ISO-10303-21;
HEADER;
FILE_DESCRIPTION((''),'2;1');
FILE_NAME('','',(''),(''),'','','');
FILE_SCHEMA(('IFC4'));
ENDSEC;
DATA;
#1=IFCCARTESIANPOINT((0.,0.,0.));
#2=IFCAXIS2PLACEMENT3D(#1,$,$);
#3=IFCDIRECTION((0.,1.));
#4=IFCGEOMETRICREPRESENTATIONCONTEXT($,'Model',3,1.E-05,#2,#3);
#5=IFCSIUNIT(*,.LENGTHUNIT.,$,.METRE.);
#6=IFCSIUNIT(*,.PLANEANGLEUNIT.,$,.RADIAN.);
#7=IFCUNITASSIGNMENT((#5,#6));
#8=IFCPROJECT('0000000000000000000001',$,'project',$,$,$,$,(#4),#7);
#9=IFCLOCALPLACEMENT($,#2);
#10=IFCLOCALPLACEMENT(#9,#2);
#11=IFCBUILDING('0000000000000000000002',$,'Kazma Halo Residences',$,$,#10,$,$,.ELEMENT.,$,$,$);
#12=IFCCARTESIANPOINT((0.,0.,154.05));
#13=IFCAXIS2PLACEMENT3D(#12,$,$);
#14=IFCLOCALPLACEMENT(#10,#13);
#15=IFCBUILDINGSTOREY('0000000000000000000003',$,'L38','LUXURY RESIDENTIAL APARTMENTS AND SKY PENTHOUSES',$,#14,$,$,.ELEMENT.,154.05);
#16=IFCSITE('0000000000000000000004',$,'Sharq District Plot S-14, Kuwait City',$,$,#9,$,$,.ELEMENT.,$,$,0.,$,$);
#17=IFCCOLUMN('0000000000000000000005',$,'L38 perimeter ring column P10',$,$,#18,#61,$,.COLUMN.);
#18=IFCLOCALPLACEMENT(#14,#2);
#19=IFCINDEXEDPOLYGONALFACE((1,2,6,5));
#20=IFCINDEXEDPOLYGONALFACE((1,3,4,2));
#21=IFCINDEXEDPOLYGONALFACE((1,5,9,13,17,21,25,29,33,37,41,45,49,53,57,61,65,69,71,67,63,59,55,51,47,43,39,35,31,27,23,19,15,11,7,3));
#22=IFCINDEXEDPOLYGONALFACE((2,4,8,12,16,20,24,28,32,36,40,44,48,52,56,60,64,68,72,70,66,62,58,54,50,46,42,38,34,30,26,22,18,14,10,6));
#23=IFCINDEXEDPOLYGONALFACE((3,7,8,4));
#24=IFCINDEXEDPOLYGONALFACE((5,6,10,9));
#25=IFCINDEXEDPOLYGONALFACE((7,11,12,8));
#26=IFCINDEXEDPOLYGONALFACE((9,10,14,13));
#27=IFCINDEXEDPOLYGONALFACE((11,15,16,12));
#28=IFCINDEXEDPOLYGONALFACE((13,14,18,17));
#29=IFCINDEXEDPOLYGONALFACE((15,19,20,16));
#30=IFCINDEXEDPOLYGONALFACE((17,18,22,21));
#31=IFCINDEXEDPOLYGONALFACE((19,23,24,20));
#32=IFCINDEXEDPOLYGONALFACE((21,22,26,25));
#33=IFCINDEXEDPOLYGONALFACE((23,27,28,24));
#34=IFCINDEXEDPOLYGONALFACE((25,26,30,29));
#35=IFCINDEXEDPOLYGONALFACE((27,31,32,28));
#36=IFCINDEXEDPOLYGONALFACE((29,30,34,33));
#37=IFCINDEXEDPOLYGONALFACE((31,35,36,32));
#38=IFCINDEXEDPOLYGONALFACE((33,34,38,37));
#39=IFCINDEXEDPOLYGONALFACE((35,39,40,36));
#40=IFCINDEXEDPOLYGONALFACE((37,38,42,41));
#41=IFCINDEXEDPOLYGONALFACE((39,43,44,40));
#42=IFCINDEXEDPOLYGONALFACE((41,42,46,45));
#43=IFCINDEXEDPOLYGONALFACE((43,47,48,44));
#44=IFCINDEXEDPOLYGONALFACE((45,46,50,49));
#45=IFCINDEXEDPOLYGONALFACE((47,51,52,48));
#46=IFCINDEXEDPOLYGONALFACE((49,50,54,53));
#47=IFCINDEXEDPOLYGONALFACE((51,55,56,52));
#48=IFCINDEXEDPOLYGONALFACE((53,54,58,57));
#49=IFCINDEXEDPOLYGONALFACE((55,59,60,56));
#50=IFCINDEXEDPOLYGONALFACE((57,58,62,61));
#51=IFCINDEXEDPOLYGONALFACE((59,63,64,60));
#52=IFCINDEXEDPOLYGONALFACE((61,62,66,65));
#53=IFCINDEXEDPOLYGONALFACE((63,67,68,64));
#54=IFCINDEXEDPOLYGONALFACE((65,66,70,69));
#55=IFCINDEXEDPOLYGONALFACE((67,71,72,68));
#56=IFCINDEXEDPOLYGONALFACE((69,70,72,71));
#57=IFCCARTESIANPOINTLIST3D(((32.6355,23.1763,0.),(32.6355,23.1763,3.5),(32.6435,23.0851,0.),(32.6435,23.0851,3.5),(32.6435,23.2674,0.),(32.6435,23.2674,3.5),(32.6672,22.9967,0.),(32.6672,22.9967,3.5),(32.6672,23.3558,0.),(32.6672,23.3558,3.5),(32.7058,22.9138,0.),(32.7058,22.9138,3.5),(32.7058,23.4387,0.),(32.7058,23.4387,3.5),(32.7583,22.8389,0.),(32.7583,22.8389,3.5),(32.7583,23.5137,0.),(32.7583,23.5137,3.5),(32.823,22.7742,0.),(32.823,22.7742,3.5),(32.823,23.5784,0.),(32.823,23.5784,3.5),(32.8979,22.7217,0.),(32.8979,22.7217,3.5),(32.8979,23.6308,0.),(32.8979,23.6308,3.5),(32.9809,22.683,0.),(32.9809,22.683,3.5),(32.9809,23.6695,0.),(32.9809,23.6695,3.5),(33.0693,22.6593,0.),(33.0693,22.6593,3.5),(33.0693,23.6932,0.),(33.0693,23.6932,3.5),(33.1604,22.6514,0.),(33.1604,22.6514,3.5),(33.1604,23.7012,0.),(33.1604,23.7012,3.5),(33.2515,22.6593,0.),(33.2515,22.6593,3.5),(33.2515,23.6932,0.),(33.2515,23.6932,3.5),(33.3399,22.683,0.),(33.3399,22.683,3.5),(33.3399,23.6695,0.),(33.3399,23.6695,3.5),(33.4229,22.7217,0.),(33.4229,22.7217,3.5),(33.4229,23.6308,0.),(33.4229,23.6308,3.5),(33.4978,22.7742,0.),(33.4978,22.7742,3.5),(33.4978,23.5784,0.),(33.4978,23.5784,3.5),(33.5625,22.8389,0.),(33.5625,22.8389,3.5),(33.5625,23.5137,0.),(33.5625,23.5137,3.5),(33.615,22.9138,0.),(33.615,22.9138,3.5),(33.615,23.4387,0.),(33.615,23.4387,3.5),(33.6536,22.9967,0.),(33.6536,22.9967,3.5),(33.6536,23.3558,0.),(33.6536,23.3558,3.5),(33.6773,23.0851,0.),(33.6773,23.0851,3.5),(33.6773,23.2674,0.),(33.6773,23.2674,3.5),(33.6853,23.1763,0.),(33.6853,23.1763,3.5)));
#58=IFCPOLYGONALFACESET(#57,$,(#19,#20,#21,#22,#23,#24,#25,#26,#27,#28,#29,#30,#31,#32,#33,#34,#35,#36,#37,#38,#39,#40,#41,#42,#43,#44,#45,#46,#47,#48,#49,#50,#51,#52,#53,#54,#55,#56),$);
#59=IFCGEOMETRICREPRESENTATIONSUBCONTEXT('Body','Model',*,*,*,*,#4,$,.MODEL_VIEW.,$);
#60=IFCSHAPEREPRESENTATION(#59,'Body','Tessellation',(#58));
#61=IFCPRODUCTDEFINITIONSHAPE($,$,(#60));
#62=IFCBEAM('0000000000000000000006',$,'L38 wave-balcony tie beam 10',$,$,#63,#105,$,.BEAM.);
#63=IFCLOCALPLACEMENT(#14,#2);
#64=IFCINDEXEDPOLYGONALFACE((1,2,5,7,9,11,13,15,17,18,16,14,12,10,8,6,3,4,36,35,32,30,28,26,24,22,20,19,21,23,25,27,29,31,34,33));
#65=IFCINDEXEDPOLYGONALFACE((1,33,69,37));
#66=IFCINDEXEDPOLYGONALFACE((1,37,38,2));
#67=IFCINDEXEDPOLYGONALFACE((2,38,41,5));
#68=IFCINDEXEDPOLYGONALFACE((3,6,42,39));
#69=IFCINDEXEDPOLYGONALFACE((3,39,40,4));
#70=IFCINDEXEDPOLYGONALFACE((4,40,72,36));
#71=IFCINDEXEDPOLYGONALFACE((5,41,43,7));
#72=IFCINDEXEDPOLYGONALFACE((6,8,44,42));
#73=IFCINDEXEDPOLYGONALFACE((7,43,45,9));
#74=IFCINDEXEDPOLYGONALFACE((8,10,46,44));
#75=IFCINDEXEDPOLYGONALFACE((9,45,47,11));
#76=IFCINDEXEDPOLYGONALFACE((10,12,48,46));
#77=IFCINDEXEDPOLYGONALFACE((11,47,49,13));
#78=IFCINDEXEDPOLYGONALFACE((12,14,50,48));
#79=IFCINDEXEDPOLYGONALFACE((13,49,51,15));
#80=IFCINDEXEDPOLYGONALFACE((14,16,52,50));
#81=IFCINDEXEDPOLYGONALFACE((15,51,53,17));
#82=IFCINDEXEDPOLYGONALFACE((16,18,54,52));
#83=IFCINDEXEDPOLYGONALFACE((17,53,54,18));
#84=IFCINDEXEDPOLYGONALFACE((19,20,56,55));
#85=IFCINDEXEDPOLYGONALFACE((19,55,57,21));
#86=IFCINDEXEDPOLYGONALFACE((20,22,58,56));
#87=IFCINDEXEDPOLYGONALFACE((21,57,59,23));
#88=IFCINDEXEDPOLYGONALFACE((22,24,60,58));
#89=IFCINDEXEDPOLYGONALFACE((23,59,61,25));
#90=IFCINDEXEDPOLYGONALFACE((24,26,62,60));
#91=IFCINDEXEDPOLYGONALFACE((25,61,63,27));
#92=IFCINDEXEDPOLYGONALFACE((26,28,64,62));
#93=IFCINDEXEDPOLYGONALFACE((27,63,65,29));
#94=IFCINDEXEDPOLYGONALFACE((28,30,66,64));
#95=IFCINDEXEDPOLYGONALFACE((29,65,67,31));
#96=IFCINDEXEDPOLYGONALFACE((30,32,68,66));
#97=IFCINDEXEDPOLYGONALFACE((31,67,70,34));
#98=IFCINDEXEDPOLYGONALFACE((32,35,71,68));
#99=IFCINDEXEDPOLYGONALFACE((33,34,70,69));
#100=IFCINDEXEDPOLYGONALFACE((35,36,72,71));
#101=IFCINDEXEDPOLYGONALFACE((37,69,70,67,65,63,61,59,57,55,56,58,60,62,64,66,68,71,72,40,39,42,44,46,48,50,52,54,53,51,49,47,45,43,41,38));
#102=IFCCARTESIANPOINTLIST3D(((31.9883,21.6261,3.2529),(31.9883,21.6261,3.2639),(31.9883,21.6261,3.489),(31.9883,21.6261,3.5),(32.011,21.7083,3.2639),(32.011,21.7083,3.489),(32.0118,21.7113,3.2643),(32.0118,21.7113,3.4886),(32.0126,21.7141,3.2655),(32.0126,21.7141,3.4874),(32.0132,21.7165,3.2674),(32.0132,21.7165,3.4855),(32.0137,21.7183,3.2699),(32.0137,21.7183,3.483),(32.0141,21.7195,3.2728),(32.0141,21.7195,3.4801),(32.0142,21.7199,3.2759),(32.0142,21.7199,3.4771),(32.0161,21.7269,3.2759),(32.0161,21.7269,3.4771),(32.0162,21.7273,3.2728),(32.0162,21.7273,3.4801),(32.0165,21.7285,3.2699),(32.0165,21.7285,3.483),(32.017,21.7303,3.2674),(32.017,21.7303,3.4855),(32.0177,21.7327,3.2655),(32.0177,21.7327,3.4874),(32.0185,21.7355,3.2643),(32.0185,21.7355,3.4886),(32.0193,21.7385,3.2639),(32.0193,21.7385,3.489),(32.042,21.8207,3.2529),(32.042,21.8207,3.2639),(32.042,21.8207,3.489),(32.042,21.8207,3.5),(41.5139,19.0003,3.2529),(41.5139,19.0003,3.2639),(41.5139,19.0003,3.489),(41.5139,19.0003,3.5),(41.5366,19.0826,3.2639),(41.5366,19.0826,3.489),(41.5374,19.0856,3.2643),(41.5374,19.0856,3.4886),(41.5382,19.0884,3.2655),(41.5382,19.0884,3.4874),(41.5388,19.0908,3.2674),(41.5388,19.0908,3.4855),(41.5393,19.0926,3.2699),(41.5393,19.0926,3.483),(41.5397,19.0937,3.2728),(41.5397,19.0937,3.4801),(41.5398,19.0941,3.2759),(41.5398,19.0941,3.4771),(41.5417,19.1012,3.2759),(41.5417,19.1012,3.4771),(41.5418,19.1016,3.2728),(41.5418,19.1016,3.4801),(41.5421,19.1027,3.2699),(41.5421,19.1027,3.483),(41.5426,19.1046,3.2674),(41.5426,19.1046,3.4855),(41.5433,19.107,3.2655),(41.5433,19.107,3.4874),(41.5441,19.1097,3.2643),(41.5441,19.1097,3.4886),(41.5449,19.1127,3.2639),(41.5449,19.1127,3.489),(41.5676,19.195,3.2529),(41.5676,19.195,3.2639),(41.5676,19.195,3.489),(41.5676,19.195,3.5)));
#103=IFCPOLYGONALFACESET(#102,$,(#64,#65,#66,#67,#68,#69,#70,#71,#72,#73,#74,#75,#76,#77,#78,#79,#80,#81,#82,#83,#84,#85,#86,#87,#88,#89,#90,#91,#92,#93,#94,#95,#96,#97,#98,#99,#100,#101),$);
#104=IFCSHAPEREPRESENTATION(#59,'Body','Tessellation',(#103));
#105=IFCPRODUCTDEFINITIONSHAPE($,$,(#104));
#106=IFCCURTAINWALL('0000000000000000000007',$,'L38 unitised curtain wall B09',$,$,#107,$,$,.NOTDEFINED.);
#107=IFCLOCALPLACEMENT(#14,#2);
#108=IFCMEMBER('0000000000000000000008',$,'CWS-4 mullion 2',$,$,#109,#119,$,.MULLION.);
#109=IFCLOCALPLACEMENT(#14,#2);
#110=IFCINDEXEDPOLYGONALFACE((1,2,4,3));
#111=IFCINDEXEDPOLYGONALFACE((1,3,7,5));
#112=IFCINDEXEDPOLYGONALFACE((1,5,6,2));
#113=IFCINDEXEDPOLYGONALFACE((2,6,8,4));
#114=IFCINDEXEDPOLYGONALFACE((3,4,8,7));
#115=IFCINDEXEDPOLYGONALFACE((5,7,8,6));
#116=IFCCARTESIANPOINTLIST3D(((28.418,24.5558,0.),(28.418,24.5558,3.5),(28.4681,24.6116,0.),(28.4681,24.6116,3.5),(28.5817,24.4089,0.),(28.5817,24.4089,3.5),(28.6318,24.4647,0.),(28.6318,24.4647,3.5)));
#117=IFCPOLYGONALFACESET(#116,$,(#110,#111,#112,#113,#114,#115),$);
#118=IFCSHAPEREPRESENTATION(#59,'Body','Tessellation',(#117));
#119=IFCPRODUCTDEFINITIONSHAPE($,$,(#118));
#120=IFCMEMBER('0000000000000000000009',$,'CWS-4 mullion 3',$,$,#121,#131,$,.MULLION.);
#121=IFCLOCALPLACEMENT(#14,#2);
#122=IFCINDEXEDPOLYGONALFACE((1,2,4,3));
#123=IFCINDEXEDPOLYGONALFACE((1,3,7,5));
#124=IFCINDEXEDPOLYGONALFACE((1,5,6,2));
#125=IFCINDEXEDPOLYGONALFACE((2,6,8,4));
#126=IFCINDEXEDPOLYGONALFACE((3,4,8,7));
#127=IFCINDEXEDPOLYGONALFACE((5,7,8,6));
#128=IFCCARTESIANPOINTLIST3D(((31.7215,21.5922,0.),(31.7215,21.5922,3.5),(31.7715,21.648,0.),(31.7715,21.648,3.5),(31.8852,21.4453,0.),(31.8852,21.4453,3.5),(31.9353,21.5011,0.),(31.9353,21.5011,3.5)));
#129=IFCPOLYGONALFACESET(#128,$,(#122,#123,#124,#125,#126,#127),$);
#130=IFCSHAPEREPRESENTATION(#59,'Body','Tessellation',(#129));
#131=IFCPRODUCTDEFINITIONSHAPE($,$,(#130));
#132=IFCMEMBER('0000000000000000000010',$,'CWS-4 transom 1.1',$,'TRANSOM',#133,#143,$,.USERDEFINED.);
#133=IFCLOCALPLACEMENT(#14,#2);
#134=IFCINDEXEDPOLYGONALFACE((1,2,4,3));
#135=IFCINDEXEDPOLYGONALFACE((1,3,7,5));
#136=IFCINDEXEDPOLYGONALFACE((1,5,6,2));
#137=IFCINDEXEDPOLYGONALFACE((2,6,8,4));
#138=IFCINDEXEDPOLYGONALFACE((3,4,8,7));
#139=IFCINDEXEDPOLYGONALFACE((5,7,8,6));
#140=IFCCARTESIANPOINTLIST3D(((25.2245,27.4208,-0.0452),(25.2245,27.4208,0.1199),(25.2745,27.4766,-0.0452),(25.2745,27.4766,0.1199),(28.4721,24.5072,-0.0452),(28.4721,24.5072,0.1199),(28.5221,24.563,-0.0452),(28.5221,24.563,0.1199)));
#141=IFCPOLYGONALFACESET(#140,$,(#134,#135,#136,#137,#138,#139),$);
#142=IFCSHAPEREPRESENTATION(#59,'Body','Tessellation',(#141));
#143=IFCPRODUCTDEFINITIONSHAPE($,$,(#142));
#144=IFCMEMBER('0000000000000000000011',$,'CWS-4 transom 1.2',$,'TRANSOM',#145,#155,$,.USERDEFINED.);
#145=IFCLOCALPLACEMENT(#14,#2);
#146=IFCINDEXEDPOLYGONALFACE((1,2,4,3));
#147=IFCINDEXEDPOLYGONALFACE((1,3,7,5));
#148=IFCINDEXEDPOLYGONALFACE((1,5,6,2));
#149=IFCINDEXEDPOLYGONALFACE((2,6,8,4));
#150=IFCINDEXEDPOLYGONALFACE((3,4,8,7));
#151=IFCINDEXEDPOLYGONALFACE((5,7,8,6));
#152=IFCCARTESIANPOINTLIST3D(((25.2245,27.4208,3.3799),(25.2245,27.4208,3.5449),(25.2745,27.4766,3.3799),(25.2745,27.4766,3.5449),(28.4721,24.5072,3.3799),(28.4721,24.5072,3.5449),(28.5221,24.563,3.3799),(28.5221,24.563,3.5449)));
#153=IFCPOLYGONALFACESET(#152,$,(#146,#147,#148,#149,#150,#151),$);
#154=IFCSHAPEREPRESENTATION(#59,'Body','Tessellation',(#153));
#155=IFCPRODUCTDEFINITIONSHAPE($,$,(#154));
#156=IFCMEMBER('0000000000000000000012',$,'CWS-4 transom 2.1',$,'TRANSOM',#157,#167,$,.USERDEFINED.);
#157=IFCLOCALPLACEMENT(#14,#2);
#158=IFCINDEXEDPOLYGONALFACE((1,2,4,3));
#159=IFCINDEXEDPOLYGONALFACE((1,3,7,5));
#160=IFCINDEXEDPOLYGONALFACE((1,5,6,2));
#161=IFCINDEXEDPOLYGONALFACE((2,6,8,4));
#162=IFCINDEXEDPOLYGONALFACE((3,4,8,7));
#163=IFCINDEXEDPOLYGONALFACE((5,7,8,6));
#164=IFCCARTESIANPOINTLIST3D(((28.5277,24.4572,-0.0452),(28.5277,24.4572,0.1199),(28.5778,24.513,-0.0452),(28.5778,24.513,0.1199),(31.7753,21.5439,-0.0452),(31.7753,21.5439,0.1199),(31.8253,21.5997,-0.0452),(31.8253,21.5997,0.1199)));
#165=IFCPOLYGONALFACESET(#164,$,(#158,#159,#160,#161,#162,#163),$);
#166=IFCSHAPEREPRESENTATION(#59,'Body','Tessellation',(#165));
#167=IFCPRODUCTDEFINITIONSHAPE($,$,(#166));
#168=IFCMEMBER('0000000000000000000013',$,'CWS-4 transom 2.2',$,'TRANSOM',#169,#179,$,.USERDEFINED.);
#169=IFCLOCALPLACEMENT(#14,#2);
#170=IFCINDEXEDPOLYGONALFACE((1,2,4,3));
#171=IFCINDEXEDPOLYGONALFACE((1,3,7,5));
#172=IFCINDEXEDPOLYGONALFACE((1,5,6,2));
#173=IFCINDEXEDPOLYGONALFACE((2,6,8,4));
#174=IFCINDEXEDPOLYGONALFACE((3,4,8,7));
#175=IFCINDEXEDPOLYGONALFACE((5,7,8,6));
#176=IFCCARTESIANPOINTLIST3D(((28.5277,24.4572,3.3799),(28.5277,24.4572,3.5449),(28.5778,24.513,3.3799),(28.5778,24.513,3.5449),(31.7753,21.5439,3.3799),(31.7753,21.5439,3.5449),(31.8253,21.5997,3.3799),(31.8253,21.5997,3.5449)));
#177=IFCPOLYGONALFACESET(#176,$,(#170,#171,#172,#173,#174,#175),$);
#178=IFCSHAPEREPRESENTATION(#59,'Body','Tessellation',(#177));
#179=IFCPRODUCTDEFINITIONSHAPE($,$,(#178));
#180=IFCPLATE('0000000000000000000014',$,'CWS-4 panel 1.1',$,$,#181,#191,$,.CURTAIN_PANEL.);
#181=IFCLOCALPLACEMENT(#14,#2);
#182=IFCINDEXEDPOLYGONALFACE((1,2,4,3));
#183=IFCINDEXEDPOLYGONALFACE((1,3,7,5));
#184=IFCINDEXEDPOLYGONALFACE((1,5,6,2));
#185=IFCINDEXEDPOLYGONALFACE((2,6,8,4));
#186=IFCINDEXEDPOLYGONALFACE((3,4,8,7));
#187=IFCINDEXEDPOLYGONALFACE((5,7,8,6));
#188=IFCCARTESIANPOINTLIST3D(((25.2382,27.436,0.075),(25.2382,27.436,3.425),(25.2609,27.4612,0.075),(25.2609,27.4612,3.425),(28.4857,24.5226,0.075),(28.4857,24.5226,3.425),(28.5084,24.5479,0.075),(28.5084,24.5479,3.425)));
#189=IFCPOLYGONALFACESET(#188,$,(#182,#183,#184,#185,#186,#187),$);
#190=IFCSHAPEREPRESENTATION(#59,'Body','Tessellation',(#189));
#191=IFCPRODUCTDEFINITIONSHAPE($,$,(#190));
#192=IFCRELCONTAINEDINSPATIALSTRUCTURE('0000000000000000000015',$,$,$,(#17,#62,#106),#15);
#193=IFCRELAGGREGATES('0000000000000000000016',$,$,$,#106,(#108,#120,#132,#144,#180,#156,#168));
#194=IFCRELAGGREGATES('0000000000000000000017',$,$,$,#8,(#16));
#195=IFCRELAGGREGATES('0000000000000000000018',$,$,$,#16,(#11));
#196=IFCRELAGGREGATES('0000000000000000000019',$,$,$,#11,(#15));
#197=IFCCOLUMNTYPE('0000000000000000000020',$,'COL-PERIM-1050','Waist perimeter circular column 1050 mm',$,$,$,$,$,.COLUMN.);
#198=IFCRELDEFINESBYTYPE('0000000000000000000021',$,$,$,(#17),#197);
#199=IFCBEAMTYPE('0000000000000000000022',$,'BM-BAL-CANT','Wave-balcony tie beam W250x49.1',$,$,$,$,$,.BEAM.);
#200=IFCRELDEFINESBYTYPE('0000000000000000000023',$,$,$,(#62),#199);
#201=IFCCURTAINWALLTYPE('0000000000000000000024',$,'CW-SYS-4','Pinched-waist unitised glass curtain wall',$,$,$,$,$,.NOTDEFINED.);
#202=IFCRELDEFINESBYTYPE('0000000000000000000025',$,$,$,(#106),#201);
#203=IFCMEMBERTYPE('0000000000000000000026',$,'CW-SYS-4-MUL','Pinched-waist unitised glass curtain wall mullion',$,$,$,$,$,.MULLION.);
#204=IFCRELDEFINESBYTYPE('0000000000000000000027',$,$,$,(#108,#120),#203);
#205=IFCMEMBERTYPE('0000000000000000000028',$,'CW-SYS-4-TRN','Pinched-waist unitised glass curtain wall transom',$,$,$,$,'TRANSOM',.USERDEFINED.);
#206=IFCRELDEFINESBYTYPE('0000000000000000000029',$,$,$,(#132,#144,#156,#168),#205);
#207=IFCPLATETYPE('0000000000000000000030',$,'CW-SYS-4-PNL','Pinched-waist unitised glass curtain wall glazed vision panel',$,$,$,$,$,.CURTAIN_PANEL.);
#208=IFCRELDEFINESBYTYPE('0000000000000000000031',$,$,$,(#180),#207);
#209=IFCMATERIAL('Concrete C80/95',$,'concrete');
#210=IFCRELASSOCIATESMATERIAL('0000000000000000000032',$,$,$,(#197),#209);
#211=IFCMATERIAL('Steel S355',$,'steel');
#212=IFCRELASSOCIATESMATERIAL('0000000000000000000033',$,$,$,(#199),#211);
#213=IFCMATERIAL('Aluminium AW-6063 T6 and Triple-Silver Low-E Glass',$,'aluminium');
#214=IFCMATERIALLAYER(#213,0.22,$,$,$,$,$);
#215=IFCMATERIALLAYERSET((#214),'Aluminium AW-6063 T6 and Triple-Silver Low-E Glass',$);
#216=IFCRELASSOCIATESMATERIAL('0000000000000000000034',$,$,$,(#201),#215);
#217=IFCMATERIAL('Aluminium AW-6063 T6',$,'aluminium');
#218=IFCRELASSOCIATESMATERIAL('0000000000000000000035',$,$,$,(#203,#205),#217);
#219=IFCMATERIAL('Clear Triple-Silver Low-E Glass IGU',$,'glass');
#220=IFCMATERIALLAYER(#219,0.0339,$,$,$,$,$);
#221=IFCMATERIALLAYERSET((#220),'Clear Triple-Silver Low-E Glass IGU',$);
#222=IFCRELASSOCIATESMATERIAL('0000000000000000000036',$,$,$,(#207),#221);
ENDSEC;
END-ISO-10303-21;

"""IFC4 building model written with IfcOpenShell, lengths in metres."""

from ifc_helpers import new_model, si_unit, direction, frame, origin, origin_2d, place, context, subcontext, project, spatial, rectangle, circle, i_section, extrude, material, layer, layer_set, material_profile, profile_set, type_object, element, aggregate, save


model = new_model("IFC4")

# Units and contexts
model_context = context("Model", 3, precision=1e-05, world=origin(), true_north=direction((0.0, 1.0)))
body_context = subcontext(model_context, "Body", "Model", "MODEL_VIEW")
ifc_project = project(units=[si_unit("LENGTHUNIT", "METRE"), si_unit("PLANEANGLEUNIT", "RADIAN")], contexts=[model_context])

# Site, building, storey
site_placement = place(None, origin())
site = spatial("IfcSite", under=ifc_project, at=site_placement, Name="Sharq District Plot S-14, Kuwait City", CompositionType="ELEMENT", RefElevation=0.0)
building_placement = place(site_placement, origin())
building = spatial("IfcBuilding", under=site, at=building_placement, Name="Kazma Halo Residences", CompositionType="ELEMENT")
storey_placement = place(building_placement, frame((0.0, 0.0, 154.05)))
storey = spatial("IfcBuildingStorey", under=building, at=storey_placement, Name="L38", Description="LUXURY RESIDENTIAL APARTMENTS AND SKY PENTHOUSES", CompositionType="ELEMENT", Elevation=154.05)

# Column
ifc_material_1 = material(Name="Concrete C80/95", Category="concrete")
ifc_material_profile_1 = material_profile(ifc_material_1, circle(Radius=0.5249, at=origin_2d()), Name="CIRC1050")
ifc_profile_set_1 = profile_set([ifc_material_profile_1], Name="Concrete C80/95")
column_type = type_object("IfcColumnType", Name="COL-PERIM-1050", Description="Waist perimeter circular column 1050 mm", PredefinedType="COLUMN", material=ifc_profile_set_1)
column_placement = place(storey_placement, frame((33.1604, 23.1763, 0.0), z_axis=(0.0, 0.0, 1.0), x_axis=(1.0, 0.0, 0.0)))
element("IfcColumn", 1, at=column_placement, inside=storey, type_object=column_type, Name="L38 perimeter ring column P10", PredefinedType="COLUMN", context=body_context, shape_type="SweptSolid", body=[
    extrude(circle(Radius=0.5249, at=origin_2d()), origin(), (0.0, 0.0, 1.0), 3.5),
])

# Beam
ifc_material_2 = material(Name="Steel S355", Category="steel")
ifc_material_profile_2 = material_profile(ifc_material_2, i_section(OverallWidth=0.2019, OverallDepth=0.2471, WebThickness=0.0073, FlangeThickness=0.011, FilletRadius=0.012, at=origin_2d()), Name="W250x49.1")
ifc_profile_set_2 = profile_set([ifc_material_profile_2], Name="Steel S355")
beam_type = type_object("IfcBeamType", Name="BM-BAL-CANT", Description="Wave-balcony tie beam W250x49.1", PredefinedType="BEAM", material=ifc_profile_set_2)
beam_placement = place(storey_placement, frame((32.0151, 21.7234, 3.3765), z_axis=(0.964045, -0.265738, 0.0), x_axis=(0.265738, 0.964045, 0.0)))
element("IfcBeam", 2, at=beam_placement, inside=storey, type_object=beam_type, Name="L38 wave-balcony tie beam 10", PredefinedType="BEAM", context=body_context, shape_type="SweptSolid", body=[
    extrude(i_section(OverallWidth=0.2019, OverallDepth=0.2471, WebThickness=0.0073, FlangeThickness=0.011, FilletRadius=0.012, at=origin_2d()), origin(), (0.0, 0.0, 1.0), 9.8809),
])

# Curtain wall, members, plate
ifc_material_3 = material(Name="Aluminium AW-6063 T6 and Triple-Silver Low-E Glass", Category="aluminium")
ifc_layer_1 = layer(ifc_material_3, 0.22)
ifc_layer_set_1 = layer_set([ifc_layer_1], Name="Aluminium AW-6063 T6 and Triple-Silver Low-E Glass")
curtain_wall_type = type_object("IfcCurtainWallType", Name="CW-SYS-4", Description="Pinched-waist unitised glass curtain wall", PredefinedType="NOTDEFINED", material=ifc_layer_set_1)
curtain_wall_placement = place(storey_placement, origin())
curtain_wall = element("IfcCurtainWall", 3, at=curtain_wall_placement, inside=storey, type_object=curtain_wall_type, Name="L38 unitised curtain wall B09", PredefinedType="NOTDEFINED")
ifc_material_4 = material(Name="Aluminium AW-6063 T6", Category="aluminium")
ifc_material_profile_3 = material_profile(ifc_material_4, rectangle(XDim=0.075, YDim=0.22, at=origin_2d()), Name="CWM-75x220")
ifc_profile_set_3 = profile_set([ifc_material_profile_3], Name="Aluminium AW-6063 T6")
member_type_1 = type_object("IfcMemberType", Name="CW-SYS-4-MUL", Description="Pinched-waist unitised glass curtain wall mullion", PredefinedType="MULLION", material=ifc_profile_set_3)
member_1_placement = place(storey_placement, frame((28.5249, 24.5103, 0.0), z_axis=(0.0, 0.0, 1.0), x_axis=(0.66777, 0.744368, 0.0)))
member_1 = element("IfcMember", 4, at=member_1_placement, type_object=member_type_1, Name="CWS-4 mullion 2", PredefinedType="MULLION", context=body_context, shape_type="SweptSolid", body=[
    extrude(rectangle(XDim=0.075, YDim=0.22, at=origin_2d()), origin(), (0.0, 0.0, 1.0), 3.5),
])
member_2_placement = place(storey_placement, frame((31.8284, 21.5466, 0.0), z_axis=(0.0, 0.0, 1.0), x_axis=(0.66777, 0.744368, 0.0)))
member_2 = element("IfcMember", 5, at=member_2_placement, type_object=member_type_1, Name="CWS-4 mullion 3", PredefinedType="MULLION", context=body_context, shape_type="SweptSolid", body=[
    extrude(rectangle(XDim=0.075, YDim=0.22, at=origin_2d()), origin(), (0.0, 0.0, 1.0), 3.5),
])
ifc_material_profile_4 = material_profile(ifc_material_4, rectangle(XDim=0.075, YDim=0.165, at=origin_2d()), Name="CWT-75x165")
ifc_profile_set_4 = profile_set([ifc_material_profile_4], Name="Aluminium AW-6063 T6")
member_type_2 = type_object("IfcMemberType", Name="CW-SYS-4-TRN", Description="Pinched-waist unitised glass curtain wall transom", ElementType="TRANSOM", PredefinedType="USERDEFINED", material=ifc_profile_set_4)
member_3_placement = place(storey_placement, frame((25.2495, 27.4487, 0.0374), z_axis=(0.744345, -0.667795, 0.0), x_axis=(0.667795, 0.744345, 0.0)))
member_3 = element("IfcMember", 6, at=member_3_placement, type_object=member_type_2, Name="CWS-4 transom 1.1", ObjectType="TRANSOM", PredefinedType="USERDEFINED", context=body_context, shape_type="SweptSolid", body=[
    extrude(rectangle(XDim=0.075, YDim=0.165, at=origin_2d()), origin(), (0.0, 0.0, 1.0), 4.363),
])
member_4_placement = place(storey_placement, frame((25.2495, 27.4487, 3.4624), z_axis=(0.744345, -0.667795, 0.0), x_axis=(0.667795, 0.744345, 0.0)))
member_4 = element("IfcMember", 7, at=member_4_placement, type_object=member_type_2, Name="CWS-4 transom 1.2", ObjectType="TRANSOM", PredefinedType="USERDEFINED", context=body_context, shape_type="SweptSolid", body=[
    extrude(rectangle(XDim=0.075, YDim=0.165, at=origin_2d()), origin(), (0.0, 0.0, 1.0), 4.363),
])
member_5_placement = place(storey_placement, frame((28.5527, 24.4851, 0.0374), z_axis=(0.744373, -0.667764, 0.0), x_axis=(0.667764, 0.744373, 0.0)))
member_5 = element("IfcMember", 8, at=member_5_placement, type_object=member_type_2, Name="CWS-4 transom 2.1", ObjectType="TRANSOM", PredefinedType="USERDEFINED", context=body_context, shape_type="SweptSolid", body=[
    extrude(rectangle(XDim=0.075, YDim=0.165, at=origin_2d()), origin(), (0.0, 0.0, 1.0), 4.3628),
])
member_6_placement = place(storey_placement, frame((28.5527, 24.4851, 3.4624), z_axis=(0.744373, -0.667764, 0.0), x_axis=(0.667764, 0.744373, 0.0)))
member_6 = element("IfcMember", 9, at=member_6_placement, type_object=member_type_2, Name="CWS-4 transom 2.2", ObjectType="TRANSOM", PredefinedType="USERDEFINED", context=body_context, shape_type="SweptSolid", body=[
    extrude(rectangle(XDim=0.075, YDim=0.165, at=origin_2d()), origin(), (0.0, 0.0, 1.0), 4.3628),
])
ifc_material_5 = material(Name="Clear Triple-Silver Low-E Glass IGU", Category="glass")
ifc_layer_2 = layer(ifc_material_5, 0.0339)
ifc_layer_set_2 = layer_set([ifc_layer_2], Name="Clear Triple-Silver Low-E Glass IGU")
plate_type = type_object("IfcPlateType", Name="CW-SYS-4-PNL", Description="Pinched-waist unitised glass curtain wall glazed vision panel", PredefinedType="CURTAIN_PANEL", material=ifc_layer_set_2)
plate_1_placement = place(storey_placement, frame((26.8733, 25.9919, 0.075), z_axis=(0.0, 0.0, 1.0), x_axis=(0.744368, -0.66777, 0.0)))
plate_1 = element("IfcPlate", 10, at=plate_1_placement, type_object=plate_type, Name="CWS-4 panel 1.1", PredefinedType="CURTAIN_PANEL", context=body_context, shape_type="SweptSolid", body=[
    extrude(rectangle(XDim=4.3628, YDim=0.0339, at=origin_2d()), origin(), (0.0, 0.0, 1.0), 3.3501),
])
aggregate(curtain_wall, [member_1, member_2, member_3, member_4, plate_1, member_5, member_6])

save(model, "model.ifc")
